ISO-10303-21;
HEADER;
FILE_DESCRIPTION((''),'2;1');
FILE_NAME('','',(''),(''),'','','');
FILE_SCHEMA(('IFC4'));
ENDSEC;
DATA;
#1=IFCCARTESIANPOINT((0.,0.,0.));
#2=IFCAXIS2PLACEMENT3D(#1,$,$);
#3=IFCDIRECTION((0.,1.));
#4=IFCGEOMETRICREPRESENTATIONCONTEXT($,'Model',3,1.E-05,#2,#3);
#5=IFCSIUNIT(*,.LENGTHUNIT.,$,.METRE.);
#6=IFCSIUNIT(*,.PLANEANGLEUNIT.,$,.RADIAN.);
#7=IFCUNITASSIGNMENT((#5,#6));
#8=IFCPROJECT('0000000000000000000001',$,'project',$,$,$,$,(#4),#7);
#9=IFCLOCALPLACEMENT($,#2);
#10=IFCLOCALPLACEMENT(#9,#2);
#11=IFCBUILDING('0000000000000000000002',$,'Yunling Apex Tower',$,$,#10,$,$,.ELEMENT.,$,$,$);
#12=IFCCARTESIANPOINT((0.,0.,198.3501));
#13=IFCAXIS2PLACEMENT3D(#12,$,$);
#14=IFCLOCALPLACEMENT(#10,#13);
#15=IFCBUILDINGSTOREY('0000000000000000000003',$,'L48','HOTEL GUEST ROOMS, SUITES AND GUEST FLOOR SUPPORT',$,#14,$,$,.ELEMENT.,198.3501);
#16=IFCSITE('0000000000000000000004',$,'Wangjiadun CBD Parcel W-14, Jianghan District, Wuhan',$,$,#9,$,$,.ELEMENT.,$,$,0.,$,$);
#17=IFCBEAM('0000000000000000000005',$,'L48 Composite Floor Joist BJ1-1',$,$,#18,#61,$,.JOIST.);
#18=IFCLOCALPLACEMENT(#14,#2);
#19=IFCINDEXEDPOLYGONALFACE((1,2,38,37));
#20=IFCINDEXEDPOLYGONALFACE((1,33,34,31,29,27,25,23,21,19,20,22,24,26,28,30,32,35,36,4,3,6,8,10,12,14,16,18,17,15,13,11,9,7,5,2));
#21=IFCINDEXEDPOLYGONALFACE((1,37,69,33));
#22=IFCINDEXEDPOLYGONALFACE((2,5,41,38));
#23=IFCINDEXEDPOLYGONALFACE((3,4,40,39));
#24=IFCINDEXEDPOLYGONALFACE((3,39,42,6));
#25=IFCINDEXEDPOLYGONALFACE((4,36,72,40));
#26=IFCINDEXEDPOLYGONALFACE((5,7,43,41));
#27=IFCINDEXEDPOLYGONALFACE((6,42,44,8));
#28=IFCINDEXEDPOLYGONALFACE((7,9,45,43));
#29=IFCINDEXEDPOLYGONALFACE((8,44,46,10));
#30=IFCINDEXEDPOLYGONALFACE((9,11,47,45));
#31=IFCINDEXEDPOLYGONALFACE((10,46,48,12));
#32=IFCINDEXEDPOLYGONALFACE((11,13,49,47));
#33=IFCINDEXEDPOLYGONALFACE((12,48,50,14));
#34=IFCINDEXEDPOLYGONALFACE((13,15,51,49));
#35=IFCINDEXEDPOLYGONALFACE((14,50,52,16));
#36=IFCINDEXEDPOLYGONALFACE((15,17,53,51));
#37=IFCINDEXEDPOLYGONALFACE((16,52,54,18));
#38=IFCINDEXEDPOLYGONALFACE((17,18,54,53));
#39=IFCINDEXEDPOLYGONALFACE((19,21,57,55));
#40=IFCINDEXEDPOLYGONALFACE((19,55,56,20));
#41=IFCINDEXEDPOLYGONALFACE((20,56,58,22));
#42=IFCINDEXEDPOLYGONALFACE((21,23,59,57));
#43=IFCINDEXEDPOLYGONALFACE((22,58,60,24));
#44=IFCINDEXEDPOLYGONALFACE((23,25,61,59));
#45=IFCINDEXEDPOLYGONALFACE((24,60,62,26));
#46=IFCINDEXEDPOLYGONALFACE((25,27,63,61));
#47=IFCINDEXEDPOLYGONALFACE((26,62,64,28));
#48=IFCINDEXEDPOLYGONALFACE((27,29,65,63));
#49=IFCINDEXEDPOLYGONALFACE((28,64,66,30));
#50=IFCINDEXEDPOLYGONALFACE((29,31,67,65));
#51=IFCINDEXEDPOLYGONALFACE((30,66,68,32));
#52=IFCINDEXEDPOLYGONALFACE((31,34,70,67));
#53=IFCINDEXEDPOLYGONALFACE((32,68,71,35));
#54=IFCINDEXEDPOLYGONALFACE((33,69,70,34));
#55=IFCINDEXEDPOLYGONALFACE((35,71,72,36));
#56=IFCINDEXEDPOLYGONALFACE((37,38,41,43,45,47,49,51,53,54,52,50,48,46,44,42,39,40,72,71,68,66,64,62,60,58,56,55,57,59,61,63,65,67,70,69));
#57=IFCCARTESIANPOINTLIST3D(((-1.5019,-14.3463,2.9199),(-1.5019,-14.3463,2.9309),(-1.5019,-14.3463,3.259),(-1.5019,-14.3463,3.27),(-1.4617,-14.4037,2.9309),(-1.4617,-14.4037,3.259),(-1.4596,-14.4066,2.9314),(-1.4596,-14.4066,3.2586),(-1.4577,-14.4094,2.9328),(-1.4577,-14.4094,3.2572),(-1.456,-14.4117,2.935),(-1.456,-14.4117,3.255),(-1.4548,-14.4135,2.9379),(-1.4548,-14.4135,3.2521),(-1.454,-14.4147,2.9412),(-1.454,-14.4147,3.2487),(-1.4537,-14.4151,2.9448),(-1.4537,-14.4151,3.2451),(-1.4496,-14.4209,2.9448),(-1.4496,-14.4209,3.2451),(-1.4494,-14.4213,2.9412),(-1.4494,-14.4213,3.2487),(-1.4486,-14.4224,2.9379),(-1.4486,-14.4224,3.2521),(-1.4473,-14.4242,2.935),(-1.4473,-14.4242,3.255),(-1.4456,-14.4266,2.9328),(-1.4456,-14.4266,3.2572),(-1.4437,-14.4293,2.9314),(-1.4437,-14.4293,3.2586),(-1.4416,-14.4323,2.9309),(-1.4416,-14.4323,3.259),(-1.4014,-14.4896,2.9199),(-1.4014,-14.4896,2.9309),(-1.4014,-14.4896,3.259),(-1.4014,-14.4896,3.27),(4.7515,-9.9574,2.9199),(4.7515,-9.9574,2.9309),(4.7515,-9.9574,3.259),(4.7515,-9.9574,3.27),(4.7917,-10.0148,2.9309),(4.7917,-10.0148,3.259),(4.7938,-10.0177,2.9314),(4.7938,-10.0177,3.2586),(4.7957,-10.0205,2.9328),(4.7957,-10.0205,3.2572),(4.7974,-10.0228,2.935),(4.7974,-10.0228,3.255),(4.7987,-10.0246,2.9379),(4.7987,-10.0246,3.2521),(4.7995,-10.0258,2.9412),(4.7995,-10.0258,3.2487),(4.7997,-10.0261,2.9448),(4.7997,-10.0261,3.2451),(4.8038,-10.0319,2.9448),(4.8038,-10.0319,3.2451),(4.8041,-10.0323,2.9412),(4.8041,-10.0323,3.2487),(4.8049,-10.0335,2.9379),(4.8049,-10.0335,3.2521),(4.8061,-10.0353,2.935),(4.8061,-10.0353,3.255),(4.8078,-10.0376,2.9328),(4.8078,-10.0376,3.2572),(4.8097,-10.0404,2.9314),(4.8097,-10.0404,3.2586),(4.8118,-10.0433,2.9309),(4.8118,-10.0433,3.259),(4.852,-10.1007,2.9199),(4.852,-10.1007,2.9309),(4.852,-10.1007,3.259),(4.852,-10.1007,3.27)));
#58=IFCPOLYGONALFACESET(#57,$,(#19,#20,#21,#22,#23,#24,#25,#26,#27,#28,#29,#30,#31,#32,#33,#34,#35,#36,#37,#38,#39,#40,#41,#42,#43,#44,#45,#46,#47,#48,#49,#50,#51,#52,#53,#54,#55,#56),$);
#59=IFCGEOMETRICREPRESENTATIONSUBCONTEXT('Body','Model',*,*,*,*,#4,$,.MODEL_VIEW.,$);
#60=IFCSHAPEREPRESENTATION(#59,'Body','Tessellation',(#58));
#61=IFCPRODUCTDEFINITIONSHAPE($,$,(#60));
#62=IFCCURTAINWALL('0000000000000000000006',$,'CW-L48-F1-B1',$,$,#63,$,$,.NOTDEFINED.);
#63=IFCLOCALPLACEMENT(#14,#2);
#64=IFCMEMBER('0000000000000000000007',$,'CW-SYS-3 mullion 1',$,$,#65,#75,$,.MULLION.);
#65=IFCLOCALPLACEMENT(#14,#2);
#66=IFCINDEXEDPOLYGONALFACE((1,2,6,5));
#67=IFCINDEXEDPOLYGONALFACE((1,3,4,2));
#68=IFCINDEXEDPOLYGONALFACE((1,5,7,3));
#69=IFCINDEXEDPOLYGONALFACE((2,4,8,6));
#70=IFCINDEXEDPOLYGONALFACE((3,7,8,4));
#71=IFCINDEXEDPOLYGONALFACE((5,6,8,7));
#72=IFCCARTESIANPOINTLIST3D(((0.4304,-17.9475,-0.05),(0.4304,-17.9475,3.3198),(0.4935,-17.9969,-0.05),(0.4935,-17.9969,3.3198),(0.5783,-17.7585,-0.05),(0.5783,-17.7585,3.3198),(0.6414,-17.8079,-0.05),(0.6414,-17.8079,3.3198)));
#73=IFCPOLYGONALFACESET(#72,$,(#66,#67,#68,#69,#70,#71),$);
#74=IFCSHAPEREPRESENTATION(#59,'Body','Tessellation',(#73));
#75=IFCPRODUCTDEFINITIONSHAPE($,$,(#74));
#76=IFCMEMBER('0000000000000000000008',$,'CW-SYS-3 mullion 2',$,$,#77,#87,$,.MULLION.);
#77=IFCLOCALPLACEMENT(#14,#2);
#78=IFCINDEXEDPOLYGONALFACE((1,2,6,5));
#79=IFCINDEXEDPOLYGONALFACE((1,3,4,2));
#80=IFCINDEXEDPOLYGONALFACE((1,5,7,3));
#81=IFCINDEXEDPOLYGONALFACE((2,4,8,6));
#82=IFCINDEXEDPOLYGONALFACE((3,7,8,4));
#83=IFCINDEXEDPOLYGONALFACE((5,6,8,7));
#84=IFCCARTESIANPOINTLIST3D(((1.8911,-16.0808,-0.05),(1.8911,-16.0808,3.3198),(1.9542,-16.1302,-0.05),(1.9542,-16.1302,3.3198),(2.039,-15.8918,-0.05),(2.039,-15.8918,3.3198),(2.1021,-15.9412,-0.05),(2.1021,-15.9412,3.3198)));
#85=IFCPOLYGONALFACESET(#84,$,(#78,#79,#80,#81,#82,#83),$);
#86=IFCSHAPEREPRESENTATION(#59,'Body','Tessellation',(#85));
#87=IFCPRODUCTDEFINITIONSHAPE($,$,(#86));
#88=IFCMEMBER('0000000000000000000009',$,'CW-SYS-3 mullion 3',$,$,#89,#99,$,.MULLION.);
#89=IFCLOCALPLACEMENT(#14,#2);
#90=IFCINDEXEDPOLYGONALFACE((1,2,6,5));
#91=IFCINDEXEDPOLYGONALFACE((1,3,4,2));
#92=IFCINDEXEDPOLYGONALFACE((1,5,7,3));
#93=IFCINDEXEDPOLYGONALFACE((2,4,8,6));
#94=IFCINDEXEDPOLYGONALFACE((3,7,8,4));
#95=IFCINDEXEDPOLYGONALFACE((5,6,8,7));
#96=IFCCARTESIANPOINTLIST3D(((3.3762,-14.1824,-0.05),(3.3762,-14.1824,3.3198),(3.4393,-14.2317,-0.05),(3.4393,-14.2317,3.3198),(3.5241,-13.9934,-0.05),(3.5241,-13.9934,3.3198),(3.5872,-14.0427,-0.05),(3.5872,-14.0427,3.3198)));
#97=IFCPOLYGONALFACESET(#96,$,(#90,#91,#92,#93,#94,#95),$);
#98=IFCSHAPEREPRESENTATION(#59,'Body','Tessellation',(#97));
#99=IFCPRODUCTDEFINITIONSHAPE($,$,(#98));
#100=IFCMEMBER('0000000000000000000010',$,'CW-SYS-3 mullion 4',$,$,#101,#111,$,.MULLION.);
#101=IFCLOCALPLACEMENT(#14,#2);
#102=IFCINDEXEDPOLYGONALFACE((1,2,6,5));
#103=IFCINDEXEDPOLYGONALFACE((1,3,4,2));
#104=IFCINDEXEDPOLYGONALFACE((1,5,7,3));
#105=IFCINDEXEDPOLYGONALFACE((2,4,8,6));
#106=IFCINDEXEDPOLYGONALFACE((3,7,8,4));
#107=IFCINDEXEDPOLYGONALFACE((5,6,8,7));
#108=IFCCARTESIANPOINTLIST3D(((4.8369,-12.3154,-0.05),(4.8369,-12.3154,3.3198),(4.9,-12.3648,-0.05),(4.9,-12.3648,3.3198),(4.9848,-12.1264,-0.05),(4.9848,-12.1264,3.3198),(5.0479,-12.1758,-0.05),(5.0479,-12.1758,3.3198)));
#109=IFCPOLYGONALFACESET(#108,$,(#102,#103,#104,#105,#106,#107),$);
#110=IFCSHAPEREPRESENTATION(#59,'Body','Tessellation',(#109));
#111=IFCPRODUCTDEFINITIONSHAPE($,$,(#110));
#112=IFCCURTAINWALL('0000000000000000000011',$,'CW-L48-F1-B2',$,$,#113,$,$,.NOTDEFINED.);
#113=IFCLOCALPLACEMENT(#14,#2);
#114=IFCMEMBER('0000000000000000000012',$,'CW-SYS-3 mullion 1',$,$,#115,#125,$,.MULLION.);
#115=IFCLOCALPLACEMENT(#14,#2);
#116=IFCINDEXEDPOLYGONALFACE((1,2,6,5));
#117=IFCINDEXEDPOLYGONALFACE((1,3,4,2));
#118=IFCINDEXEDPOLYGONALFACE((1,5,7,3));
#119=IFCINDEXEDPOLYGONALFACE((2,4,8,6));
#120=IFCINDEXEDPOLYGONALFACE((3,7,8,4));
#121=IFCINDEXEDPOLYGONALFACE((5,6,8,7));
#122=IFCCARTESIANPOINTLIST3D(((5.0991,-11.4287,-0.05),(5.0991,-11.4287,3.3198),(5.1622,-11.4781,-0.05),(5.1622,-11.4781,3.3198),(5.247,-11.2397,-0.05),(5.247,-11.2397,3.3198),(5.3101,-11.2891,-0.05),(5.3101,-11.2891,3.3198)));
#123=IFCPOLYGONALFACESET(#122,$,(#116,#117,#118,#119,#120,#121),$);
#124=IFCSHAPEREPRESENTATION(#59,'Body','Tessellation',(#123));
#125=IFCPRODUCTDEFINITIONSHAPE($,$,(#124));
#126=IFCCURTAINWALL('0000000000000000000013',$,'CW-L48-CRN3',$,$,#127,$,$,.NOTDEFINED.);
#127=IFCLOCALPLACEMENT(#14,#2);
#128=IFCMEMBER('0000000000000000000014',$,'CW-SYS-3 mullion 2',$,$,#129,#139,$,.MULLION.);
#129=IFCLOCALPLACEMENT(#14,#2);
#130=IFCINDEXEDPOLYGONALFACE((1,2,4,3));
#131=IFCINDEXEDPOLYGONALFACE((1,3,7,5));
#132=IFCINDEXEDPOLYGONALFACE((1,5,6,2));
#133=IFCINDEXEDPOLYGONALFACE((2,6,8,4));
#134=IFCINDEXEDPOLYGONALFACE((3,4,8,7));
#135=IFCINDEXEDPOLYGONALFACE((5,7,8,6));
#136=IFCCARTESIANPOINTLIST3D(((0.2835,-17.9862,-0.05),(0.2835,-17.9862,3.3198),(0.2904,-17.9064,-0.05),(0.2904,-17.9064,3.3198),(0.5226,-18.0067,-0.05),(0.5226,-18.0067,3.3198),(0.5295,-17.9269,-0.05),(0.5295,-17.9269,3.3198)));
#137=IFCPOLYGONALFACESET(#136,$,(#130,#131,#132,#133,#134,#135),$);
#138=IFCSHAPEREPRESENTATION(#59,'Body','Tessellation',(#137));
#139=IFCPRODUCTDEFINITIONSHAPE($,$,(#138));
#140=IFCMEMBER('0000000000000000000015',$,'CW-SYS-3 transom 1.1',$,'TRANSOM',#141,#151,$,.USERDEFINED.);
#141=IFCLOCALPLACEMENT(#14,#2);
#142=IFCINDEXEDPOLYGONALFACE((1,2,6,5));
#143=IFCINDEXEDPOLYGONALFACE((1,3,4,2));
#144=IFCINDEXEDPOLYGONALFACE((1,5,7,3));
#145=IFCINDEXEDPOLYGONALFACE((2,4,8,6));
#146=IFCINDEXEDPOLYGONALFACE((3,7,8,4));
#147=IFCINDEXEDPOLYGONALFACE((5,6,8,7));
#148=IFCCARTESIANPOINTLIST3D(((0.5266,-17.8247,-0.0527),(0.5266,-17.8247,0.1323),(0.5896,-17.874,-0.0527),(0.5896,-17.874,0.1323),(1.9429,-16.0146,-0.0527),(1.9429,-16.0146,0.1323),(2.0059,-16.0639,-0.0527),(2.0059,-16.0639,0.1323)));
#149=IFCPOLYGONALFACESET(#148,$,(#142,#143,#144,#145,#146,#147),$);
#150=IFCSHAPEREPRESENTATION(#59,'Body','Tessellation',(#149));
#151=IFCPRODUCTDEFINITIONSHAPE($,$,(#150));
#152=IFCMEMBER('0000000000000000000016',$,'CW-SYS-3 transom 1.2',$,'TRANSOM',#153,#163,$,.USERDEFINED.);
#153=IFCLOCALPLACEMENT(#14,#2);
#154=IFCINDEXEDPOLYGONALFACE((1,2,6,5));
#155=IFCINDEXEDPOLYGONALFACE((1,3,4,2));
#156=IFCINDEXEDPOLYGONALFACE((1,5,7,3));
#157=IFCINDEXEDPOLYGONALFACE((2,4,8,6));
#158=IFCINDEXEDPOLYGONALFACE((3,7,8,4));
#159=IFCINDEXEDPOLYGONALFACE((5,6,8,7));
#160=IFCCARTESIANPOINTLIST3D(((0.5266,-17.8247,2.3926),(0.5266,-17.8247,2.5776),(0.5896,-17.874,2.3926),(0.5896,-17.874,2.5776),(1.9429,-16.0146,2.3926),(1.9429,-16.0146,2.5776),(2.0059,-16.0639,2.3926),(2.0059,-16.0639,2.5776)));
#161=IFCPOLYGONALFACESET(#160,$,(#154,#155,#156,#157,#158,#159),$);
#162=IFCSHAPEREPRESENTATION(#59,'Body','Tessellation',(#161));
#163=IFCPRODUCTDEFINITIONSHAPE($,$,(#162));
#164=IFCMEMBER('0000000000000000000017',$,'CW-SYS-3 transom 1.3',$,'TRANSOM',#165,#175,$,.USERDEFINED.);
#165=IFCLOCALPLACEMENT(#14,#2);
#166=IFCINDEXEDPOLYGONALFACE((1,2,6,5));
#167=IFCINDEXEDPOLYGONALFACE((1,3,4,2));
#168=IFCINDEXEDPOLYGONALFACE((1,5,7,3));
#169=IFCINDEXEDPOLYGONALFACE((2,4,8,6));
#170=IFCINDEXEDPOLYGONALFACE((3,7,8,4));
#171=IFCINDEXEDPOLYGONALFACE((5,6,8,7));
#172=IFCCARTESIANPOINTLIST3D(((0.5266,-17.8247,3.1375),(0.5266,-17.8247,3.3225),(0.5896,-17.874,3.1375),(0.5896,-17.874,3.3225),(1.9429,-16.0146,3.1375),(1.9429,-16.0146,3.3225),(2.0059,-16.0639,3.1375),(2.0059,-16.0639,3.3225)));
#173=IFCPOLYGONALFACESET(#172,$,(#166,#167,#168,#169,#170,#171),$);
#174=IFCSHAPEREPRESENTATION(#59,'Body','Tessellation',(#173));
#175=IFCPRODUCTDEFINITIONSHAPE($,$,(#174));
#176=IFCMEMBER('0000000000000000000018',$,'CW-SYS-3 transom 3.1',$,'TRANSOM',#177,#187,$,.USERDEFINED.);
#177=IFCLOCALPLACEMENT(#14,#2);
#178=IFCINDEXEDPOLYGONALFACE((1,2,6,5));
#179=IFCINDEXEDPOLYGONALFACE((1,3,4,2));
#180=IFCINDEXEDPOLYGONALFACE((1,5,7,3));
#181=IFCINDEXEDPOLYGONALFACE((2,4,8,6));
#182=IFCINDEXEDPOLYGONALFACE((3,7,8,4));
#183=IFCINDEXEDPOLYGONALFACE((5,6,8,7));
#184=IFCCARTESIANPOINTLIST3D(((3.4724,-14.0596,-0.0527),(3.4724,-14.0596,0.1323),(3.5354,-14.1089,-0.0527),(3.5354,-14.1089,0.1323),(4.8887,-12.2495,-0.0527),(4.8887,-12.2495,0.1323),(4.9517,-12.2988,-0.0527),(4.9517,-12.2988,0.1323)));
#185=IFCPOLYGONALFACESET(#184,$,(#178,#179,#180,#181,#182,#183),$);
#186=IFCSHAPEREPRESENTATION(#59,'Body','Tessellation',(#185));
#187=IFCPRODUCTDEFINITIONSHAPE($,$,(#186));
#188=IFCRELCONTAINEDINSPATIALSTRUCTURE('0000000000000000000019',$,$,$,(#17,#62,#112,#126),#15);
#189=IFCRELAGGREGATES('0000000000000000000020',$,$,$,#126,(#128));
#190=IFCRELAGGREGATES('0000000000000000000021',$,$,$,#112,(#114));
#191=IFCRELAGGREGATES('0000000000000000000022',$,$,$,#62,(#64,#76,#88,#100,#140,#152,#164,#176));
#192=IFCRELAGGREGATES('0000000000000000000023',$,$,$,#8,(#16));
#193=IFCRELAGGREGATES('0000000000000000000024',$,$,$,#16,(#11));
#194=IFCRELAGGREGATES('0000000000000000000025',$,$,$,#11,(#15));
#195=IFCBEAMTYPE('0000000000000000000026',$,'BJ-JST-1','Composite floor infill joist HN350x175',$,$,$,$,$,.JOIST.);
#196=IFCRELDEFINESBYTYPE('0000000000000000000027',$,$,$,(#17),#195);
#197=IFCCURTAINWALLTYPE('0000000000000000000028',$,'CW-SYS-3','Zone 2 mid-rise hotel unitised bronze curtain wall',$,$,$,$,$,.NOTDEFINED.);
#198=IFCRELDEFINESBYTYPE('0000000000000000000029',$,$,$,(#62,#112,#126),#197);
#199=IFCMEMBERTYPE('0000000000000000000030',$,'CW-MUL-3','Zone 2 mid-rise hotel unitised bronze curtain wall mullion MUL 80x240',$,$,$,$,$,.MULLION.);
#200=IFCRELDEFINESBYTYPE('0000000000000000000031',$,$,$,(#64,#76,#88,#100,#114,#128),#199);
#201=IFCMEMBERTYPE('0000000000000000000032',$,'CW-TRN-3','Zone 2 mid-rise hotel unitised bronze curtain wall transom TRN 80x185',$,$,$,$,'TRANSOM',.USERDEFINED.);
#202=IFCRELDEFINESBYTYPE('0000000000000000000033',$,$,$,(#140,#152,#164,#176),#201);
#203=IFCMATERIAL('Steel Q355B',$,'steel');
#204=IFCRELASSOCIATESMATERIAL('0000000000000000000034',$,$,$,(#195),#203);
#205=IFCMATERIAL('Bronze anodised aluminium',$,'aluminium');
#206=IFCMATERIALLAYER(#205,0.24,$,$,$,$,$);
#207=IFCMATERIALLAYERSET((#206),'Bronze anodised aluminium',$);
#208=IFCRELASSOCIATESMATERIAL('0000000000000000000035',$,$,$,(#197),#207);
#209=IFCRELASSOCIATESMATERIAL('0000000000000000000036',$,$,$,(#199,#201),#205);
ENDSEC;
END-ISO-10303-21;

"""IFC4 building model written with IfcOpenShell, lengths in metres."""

from ifc_helpers import new_model, si_unit, direction, frame, origin, origin_2d, place, context, subcontext, project, spatial, rectangle, i_section, extrude, source, transform, mapped, material, layer, layer_set, material_profile, profile_set, type_object, element, aggregate, save


model = new_model("IFC4")

# Units and contexts
model_context = context("Model", 3, precision=1e-05, world=origin(), true_north=direction((0.0, 1.0)))
body_context = subcontext(model_context, "Body", "Model", "MODEL_VIEW")
ifc_project = project(units=[si_unit("LENGTHUNIT", "METRE"), si_unit("PLANEANGLEUNIT", "RADIAN")], contexts=[model_context])

# Site, building, storey
site_placement = place(None, origin())
site = spatial("IfcSite", under=ifc_project, at=site_placement, Name="Wangjiadun CBD Parcel W-14, Jianghan District, Wuhan", CompositionType="ELEMENT", RefElevation=0.0)
building_placement = place(site_placement, origin())
building = spatial("IfcBuilding", under=site, at=building_placement, Name="Yunling Apex Tower", CompositionType="ELEMENT")
storey_placement = place(building_placement, frame((0.0, 0.0, 198.3501)))
storey = spatial("IfcBuildingStorey", under=building, at=storey_placement, Name="L48", Description="HOTEL GUEST ROOMS, SUITES AND GUEST FLOOR SUPPORT", CompositionType="ELEMENT", Elevation=198.3501)

# Beam
ifc_material_1 = material(Name="Steel Q355B", Category="steel")
ifc_material_profile_1 = material_profile(ifc_material_1, i_section(OverallWidth=0.175, OverallDepth=0.3501, WebThickness=0.0071, FlangeThickness=0.011, FilletRadius=0.0139, at=origin_2d()))
ifc_profile_set_1 = profile_set([ifc_material_profile_1], Name="Steel Q355B")
beam_type_1 = type_object("IfcBeamType", Name="BJ-JST-1", Description="Composite floor infill joist HN350x175", PredefinedType="JOIST", material=ifc_profile_set_1)
shared_shape_1 = source(origin(), body_context, "Body", "SweptSolid", [
    extrude(i_section(OverallWidth=0.175, OverallDepth=0.3501, WebThickness=0.0071, FlangeThickness=0.011, FilletRadius=0.0139, at=origin_2d()), origin(), (0.0, 0.0, 1.0), 7.6399),
])
beam_1_placement = place(storey_placement, frame((-1.4517, -14.418, 3.095), z_axis=(0.818523, 0.574474, 0.0), x_axis=(-0.574474, 0.818523, 0.0)))
element("IfcBeam", 1, at=beam_1_placement, inside=storey, type_object=beam_type_1, Name="L48 Composite Floor Joist BJ1-1", PredefinedType="JOIST", context=body_context, shape_type="MappedRepresentation", body=[
    mapped(shared_shape_1, transform((0.0, 0.0, 0.0), scale=1.0)),
])

# Curtain wall, members
ifc_material_2 = material(Name="Bronze anodised aluminium", Category="aluminium")
ifc_layer_1 = layer(ifc_material_2, 0.24)
ifc_layer_set_1 = layer_set([ifc_layer_1], Name="Bronze anodised aluminium")
curtain_wall_type = type_object("IfcCurtainWallType", Name="CW-SYS-3", Description="Zone 2 mid-rise hotel unitised bronze curtain wall", PredefinedType="NOTDEFINED", material=ifc_layer_set_1)
curtain_wall_1_placement = place(storey_placement, origin())
curtain_wall_1 = element("IfcCurtainWall", 2, at=curtain_wall_1_placement, inside=storey, type_object=curtain_wall_type, Name="CW-L48-F1-B1", PredefinedType="NOTDEFINED")
ifc_material_profile_2 = material_profile(ifc_material_2, rectangle(XDim=0.0801, YDim=0.24, at=origin_2d()))
ifc_profile_set_2 = profile_set([ifc_material_profile_2], Name="Bronze anodised aluminium")
member_type_1 = type_object("IfcMemberType", Name="CW-MUL-3", Description="Zone 2 mid-rise hotel unitised bronze curtain wall mullion MUL 80x240", PredefinedType="MULLION", material=ifc_profile_set_2)
shared_shape_2 = source(origin(), body_context, "Body", "SweptSolid", [
    extrude(rectangle(XDim=0.0801, YDim=0.24, at=origin_2d()), origin(), (0.0, 0.0, 1.0), 3.3699),
])
member_1_placement = place(storey_placement, frame((0.5359, -17.8777, -0.05), z_axis=(0.0, 0.0, 1.0), x_axis=(-0.787589, 0.6162, 0.0)))
member_1 = element("IfcMember", 3, at=member_1_placement, type_object=member_type_1, Name="CW-SYS-3 mullion 1", PredefinedType="MULLION", context=body_context, shape_type="MappedRepresentation", body=[
    mapped(shared_shape_2, transform((0.0, 0.0, 0.0), scale=1.0)),
])
member_2_placement = place(storey_placement, frame((1.9966, -16.011, -0.05), z_axis=(0.0, 0.0, 1.0), x_axis=(-0.787589, 0.6162, 0.0)))
member_2 = element("IfcMember", 4, at=member_2_placement, type_object=member_type_1, Name="CW-SYS-3 mullion 2", PredefinedType="MULLION", context=body_context, shape_type="MappedRepresentation", body=[
    mapped(shared_shape_2, transform((0.0, 0.0, 0.0), scale=1.0)),
])
member_3_placement = place(storey_placement, frame((3.4817, -14.1125, -0.05), z_axis=(0.0, 0.0, 1.0), x_axis=(-0.787589, 0.6162, 0.0)))
member_3 = element("IfcMember", 5, at=member_3_placement, type_object=member_type_1, Name="CW-SYS-3 mullion 3", PredefinedType="MULLION", context=body_context, shape_type="MappedRepresentation", body=[
    mapped(shared_shape_2, transform((0.0, 0.0, 0.0), scale=1.0)),
])
member_4_placement = place(storey_placement, frame((4.9424, -12.2456, -0.05), z_axis=(0.0, 0.0, 1.0), x_axis=(-0.787589, 0.6162, 0.0)))
member_4 = element("IfcMember", 6, at=member_4_placement, type_object=member_type_1, Name="CW-SYS-3 mullion 4", PredefinedType="MULLION", context=body_context, shape_type="MappedRepresentation", body=[
    mapped(shared_shape_2, transform((0.0, 0.0, 0.0), scale=1.0)),
])

# Curtain walls, members
curtain_wall_2_placement = place(storey_placement, origin())
curtain_wall_2 = element("IfcCurtainWall", 7, at=curtain_wall_2_placement, inside=storey, type_object=curtain_wall_type, Name="CW-L48-F1-B2", PredefinedType="NOTDEFINED")
member_5_placement = place(storey_placement, frame((5.2046, -11.3589, -0.05), z_axis=(0.0, 0.0, 1.0), x_axis=(-0.787576, 0.616217, 0.0)))
member_5 = element("IfcMember", 8, at=member_5_placement, type_object=member_type_1, Name="CW-SYS-3 mullion 1", PredefinedType="MULLION", context=body_context, shape_type="MappedRepresentation", body=[
    mapped(shared_shape_2, transform((0.0, 0.0, 0.0), scale=1.0)),
])
curtain_wall_3_placement = place(storey_placement, origin())
curtain_wall_3 = element("IfcCurtainWall", 9, at=curtain_wall_3_placement, inside=storey, type_object=curtain_wall_type, Name="CW-L48-CRN3", PredefinedType="NOTDEFINED")
member_6_placement = place(storey_placement, frame((0.4065, -17.9565, -0.05), z_axis=(0.0, 0.0, 1.0), x_axis=(0.085517, 0.996337, 0.0)))
member_6 = element("IfcMember", 10, at=member_6_placement, type_object=member_type_1, Name="CW-SYS-3 mullion 2", PredefinedType="MULLION", context=body_context, shape_type="MappedRepresentation", body=[
    mapped(shared_shape_2, transform((0.0, 0.0, 0.0), scale=1.0)),
])
aggregate(curtain_wall_3, [member_6])

# Members
ifc_material_profile_3 = material_profile(ifc_material_2, rectangle(XDim=0.0801, YDim=0.1851, at=origin_2d()))
ifc_profile_set_3 = profile_set([ifc_material_profile_3], Name="Bronze anodised aluminium")
member_type_2 = type_object("IfcMemberType", Name="CW-TRN-3", Description="Zone 2 mid-rise hotel unitised bronze curtain wall transom TRN 80x185", ElementType="TRANSOM", PredefinedType="USERDEFINED", material=ifc_profile_set_3)
shared_shape_3 = source(origin(), body_context, "Body", "SweptSolid", [
    extrude(rectangle(XDim=0.0801, YDim=0.1851, at=origin_2d()), origin(), (0.0, 0.0, 1.0), 2.2983),
])
member_7_placement = place(storey_placement, frame((0.5581, -17.8494, 0.0398), z_axis=(0.616225, 0.78757, 0.0), x_axis=(-0.78757, 0.616225, 0.0)))
member_7 = element("IfcMember", 11, at=member_7_placement, type_object=member_type_2, Name="CW-SYS-3 transom 1.1", ObjectType="TRANSOM", PredefinedType="USERDEFINED", context=body_context, shape_type="MappedRepresentation", body=[
    mapped(shared_shape_3, transform((0.0, 0.0, 0.0), scale=1.0)),
])
member_8_placement = place(storey_placement, frame((0.5581, -17.8494, 2.4851), z_axis=(0.616225, 0.78757, 0.0), x_axis=(-0.78757, 0.616225, 0.0)))
member_8 = element("IfcMember", 12, at=member_8_placement, type_object=member_type_2, Name="CW-SYS-3 transom 1.2", ObjectType="TRANSOM", PredefinedType="USERDEFINED", context=body_context, shape_type="MappedRepresentation", body=[
    mapped(shared_shape_3, transform((0.0, 0.0, 0.0), scale=1.0)),
])
member_9_placement = place(storey_placement, frame((0.5581, -17.8494, 3.23), z_axis=(0.616225, 0.78757, 0.0), x_axis=(-0.78757, 0.616225, 0.0)))
member_9 = element("IfcMember", 13, at=member_9_placement, type_object=member_type_2, Name="CW-SYS-3 transom 1.3", ObjectType="TRANSOM", PredefinedType="USERDEFINED", context=body_context, shape_type="MappedRepresentation", body=[
    mapped(shared_shape_3, transform((0.0, 0.0, 0.0), scale=1.0)),
])
member_10_placement = place(storey_placement, frame((3.5039, -14.0842, 0.0398), z_axis=(0.616225, 0.78757, 0.0), x_axis=(-0.78757, 0.616225, 0.0)))
member_10 = element("IfcMember", 14, at=member_10_placement, type_object=member_type_2, Name="CW-SYS-3 transom 3.1", ObjectType="TRANSOM", PredefinedType="USERDEFINED", context=body_context, shape_type="MappedRepresentation", body=[
    mapped(shared_shape_3, transform((0.0, 0.0, 0.0), scale=1.0)),
])
aggregate(curtain_wall_2, [member_5])

aggregate(curtain_wall_1, [member_1, member_2, member_3, member_4, member_7, member_8, member_9, member_10])

save(model, "model.ifc")
